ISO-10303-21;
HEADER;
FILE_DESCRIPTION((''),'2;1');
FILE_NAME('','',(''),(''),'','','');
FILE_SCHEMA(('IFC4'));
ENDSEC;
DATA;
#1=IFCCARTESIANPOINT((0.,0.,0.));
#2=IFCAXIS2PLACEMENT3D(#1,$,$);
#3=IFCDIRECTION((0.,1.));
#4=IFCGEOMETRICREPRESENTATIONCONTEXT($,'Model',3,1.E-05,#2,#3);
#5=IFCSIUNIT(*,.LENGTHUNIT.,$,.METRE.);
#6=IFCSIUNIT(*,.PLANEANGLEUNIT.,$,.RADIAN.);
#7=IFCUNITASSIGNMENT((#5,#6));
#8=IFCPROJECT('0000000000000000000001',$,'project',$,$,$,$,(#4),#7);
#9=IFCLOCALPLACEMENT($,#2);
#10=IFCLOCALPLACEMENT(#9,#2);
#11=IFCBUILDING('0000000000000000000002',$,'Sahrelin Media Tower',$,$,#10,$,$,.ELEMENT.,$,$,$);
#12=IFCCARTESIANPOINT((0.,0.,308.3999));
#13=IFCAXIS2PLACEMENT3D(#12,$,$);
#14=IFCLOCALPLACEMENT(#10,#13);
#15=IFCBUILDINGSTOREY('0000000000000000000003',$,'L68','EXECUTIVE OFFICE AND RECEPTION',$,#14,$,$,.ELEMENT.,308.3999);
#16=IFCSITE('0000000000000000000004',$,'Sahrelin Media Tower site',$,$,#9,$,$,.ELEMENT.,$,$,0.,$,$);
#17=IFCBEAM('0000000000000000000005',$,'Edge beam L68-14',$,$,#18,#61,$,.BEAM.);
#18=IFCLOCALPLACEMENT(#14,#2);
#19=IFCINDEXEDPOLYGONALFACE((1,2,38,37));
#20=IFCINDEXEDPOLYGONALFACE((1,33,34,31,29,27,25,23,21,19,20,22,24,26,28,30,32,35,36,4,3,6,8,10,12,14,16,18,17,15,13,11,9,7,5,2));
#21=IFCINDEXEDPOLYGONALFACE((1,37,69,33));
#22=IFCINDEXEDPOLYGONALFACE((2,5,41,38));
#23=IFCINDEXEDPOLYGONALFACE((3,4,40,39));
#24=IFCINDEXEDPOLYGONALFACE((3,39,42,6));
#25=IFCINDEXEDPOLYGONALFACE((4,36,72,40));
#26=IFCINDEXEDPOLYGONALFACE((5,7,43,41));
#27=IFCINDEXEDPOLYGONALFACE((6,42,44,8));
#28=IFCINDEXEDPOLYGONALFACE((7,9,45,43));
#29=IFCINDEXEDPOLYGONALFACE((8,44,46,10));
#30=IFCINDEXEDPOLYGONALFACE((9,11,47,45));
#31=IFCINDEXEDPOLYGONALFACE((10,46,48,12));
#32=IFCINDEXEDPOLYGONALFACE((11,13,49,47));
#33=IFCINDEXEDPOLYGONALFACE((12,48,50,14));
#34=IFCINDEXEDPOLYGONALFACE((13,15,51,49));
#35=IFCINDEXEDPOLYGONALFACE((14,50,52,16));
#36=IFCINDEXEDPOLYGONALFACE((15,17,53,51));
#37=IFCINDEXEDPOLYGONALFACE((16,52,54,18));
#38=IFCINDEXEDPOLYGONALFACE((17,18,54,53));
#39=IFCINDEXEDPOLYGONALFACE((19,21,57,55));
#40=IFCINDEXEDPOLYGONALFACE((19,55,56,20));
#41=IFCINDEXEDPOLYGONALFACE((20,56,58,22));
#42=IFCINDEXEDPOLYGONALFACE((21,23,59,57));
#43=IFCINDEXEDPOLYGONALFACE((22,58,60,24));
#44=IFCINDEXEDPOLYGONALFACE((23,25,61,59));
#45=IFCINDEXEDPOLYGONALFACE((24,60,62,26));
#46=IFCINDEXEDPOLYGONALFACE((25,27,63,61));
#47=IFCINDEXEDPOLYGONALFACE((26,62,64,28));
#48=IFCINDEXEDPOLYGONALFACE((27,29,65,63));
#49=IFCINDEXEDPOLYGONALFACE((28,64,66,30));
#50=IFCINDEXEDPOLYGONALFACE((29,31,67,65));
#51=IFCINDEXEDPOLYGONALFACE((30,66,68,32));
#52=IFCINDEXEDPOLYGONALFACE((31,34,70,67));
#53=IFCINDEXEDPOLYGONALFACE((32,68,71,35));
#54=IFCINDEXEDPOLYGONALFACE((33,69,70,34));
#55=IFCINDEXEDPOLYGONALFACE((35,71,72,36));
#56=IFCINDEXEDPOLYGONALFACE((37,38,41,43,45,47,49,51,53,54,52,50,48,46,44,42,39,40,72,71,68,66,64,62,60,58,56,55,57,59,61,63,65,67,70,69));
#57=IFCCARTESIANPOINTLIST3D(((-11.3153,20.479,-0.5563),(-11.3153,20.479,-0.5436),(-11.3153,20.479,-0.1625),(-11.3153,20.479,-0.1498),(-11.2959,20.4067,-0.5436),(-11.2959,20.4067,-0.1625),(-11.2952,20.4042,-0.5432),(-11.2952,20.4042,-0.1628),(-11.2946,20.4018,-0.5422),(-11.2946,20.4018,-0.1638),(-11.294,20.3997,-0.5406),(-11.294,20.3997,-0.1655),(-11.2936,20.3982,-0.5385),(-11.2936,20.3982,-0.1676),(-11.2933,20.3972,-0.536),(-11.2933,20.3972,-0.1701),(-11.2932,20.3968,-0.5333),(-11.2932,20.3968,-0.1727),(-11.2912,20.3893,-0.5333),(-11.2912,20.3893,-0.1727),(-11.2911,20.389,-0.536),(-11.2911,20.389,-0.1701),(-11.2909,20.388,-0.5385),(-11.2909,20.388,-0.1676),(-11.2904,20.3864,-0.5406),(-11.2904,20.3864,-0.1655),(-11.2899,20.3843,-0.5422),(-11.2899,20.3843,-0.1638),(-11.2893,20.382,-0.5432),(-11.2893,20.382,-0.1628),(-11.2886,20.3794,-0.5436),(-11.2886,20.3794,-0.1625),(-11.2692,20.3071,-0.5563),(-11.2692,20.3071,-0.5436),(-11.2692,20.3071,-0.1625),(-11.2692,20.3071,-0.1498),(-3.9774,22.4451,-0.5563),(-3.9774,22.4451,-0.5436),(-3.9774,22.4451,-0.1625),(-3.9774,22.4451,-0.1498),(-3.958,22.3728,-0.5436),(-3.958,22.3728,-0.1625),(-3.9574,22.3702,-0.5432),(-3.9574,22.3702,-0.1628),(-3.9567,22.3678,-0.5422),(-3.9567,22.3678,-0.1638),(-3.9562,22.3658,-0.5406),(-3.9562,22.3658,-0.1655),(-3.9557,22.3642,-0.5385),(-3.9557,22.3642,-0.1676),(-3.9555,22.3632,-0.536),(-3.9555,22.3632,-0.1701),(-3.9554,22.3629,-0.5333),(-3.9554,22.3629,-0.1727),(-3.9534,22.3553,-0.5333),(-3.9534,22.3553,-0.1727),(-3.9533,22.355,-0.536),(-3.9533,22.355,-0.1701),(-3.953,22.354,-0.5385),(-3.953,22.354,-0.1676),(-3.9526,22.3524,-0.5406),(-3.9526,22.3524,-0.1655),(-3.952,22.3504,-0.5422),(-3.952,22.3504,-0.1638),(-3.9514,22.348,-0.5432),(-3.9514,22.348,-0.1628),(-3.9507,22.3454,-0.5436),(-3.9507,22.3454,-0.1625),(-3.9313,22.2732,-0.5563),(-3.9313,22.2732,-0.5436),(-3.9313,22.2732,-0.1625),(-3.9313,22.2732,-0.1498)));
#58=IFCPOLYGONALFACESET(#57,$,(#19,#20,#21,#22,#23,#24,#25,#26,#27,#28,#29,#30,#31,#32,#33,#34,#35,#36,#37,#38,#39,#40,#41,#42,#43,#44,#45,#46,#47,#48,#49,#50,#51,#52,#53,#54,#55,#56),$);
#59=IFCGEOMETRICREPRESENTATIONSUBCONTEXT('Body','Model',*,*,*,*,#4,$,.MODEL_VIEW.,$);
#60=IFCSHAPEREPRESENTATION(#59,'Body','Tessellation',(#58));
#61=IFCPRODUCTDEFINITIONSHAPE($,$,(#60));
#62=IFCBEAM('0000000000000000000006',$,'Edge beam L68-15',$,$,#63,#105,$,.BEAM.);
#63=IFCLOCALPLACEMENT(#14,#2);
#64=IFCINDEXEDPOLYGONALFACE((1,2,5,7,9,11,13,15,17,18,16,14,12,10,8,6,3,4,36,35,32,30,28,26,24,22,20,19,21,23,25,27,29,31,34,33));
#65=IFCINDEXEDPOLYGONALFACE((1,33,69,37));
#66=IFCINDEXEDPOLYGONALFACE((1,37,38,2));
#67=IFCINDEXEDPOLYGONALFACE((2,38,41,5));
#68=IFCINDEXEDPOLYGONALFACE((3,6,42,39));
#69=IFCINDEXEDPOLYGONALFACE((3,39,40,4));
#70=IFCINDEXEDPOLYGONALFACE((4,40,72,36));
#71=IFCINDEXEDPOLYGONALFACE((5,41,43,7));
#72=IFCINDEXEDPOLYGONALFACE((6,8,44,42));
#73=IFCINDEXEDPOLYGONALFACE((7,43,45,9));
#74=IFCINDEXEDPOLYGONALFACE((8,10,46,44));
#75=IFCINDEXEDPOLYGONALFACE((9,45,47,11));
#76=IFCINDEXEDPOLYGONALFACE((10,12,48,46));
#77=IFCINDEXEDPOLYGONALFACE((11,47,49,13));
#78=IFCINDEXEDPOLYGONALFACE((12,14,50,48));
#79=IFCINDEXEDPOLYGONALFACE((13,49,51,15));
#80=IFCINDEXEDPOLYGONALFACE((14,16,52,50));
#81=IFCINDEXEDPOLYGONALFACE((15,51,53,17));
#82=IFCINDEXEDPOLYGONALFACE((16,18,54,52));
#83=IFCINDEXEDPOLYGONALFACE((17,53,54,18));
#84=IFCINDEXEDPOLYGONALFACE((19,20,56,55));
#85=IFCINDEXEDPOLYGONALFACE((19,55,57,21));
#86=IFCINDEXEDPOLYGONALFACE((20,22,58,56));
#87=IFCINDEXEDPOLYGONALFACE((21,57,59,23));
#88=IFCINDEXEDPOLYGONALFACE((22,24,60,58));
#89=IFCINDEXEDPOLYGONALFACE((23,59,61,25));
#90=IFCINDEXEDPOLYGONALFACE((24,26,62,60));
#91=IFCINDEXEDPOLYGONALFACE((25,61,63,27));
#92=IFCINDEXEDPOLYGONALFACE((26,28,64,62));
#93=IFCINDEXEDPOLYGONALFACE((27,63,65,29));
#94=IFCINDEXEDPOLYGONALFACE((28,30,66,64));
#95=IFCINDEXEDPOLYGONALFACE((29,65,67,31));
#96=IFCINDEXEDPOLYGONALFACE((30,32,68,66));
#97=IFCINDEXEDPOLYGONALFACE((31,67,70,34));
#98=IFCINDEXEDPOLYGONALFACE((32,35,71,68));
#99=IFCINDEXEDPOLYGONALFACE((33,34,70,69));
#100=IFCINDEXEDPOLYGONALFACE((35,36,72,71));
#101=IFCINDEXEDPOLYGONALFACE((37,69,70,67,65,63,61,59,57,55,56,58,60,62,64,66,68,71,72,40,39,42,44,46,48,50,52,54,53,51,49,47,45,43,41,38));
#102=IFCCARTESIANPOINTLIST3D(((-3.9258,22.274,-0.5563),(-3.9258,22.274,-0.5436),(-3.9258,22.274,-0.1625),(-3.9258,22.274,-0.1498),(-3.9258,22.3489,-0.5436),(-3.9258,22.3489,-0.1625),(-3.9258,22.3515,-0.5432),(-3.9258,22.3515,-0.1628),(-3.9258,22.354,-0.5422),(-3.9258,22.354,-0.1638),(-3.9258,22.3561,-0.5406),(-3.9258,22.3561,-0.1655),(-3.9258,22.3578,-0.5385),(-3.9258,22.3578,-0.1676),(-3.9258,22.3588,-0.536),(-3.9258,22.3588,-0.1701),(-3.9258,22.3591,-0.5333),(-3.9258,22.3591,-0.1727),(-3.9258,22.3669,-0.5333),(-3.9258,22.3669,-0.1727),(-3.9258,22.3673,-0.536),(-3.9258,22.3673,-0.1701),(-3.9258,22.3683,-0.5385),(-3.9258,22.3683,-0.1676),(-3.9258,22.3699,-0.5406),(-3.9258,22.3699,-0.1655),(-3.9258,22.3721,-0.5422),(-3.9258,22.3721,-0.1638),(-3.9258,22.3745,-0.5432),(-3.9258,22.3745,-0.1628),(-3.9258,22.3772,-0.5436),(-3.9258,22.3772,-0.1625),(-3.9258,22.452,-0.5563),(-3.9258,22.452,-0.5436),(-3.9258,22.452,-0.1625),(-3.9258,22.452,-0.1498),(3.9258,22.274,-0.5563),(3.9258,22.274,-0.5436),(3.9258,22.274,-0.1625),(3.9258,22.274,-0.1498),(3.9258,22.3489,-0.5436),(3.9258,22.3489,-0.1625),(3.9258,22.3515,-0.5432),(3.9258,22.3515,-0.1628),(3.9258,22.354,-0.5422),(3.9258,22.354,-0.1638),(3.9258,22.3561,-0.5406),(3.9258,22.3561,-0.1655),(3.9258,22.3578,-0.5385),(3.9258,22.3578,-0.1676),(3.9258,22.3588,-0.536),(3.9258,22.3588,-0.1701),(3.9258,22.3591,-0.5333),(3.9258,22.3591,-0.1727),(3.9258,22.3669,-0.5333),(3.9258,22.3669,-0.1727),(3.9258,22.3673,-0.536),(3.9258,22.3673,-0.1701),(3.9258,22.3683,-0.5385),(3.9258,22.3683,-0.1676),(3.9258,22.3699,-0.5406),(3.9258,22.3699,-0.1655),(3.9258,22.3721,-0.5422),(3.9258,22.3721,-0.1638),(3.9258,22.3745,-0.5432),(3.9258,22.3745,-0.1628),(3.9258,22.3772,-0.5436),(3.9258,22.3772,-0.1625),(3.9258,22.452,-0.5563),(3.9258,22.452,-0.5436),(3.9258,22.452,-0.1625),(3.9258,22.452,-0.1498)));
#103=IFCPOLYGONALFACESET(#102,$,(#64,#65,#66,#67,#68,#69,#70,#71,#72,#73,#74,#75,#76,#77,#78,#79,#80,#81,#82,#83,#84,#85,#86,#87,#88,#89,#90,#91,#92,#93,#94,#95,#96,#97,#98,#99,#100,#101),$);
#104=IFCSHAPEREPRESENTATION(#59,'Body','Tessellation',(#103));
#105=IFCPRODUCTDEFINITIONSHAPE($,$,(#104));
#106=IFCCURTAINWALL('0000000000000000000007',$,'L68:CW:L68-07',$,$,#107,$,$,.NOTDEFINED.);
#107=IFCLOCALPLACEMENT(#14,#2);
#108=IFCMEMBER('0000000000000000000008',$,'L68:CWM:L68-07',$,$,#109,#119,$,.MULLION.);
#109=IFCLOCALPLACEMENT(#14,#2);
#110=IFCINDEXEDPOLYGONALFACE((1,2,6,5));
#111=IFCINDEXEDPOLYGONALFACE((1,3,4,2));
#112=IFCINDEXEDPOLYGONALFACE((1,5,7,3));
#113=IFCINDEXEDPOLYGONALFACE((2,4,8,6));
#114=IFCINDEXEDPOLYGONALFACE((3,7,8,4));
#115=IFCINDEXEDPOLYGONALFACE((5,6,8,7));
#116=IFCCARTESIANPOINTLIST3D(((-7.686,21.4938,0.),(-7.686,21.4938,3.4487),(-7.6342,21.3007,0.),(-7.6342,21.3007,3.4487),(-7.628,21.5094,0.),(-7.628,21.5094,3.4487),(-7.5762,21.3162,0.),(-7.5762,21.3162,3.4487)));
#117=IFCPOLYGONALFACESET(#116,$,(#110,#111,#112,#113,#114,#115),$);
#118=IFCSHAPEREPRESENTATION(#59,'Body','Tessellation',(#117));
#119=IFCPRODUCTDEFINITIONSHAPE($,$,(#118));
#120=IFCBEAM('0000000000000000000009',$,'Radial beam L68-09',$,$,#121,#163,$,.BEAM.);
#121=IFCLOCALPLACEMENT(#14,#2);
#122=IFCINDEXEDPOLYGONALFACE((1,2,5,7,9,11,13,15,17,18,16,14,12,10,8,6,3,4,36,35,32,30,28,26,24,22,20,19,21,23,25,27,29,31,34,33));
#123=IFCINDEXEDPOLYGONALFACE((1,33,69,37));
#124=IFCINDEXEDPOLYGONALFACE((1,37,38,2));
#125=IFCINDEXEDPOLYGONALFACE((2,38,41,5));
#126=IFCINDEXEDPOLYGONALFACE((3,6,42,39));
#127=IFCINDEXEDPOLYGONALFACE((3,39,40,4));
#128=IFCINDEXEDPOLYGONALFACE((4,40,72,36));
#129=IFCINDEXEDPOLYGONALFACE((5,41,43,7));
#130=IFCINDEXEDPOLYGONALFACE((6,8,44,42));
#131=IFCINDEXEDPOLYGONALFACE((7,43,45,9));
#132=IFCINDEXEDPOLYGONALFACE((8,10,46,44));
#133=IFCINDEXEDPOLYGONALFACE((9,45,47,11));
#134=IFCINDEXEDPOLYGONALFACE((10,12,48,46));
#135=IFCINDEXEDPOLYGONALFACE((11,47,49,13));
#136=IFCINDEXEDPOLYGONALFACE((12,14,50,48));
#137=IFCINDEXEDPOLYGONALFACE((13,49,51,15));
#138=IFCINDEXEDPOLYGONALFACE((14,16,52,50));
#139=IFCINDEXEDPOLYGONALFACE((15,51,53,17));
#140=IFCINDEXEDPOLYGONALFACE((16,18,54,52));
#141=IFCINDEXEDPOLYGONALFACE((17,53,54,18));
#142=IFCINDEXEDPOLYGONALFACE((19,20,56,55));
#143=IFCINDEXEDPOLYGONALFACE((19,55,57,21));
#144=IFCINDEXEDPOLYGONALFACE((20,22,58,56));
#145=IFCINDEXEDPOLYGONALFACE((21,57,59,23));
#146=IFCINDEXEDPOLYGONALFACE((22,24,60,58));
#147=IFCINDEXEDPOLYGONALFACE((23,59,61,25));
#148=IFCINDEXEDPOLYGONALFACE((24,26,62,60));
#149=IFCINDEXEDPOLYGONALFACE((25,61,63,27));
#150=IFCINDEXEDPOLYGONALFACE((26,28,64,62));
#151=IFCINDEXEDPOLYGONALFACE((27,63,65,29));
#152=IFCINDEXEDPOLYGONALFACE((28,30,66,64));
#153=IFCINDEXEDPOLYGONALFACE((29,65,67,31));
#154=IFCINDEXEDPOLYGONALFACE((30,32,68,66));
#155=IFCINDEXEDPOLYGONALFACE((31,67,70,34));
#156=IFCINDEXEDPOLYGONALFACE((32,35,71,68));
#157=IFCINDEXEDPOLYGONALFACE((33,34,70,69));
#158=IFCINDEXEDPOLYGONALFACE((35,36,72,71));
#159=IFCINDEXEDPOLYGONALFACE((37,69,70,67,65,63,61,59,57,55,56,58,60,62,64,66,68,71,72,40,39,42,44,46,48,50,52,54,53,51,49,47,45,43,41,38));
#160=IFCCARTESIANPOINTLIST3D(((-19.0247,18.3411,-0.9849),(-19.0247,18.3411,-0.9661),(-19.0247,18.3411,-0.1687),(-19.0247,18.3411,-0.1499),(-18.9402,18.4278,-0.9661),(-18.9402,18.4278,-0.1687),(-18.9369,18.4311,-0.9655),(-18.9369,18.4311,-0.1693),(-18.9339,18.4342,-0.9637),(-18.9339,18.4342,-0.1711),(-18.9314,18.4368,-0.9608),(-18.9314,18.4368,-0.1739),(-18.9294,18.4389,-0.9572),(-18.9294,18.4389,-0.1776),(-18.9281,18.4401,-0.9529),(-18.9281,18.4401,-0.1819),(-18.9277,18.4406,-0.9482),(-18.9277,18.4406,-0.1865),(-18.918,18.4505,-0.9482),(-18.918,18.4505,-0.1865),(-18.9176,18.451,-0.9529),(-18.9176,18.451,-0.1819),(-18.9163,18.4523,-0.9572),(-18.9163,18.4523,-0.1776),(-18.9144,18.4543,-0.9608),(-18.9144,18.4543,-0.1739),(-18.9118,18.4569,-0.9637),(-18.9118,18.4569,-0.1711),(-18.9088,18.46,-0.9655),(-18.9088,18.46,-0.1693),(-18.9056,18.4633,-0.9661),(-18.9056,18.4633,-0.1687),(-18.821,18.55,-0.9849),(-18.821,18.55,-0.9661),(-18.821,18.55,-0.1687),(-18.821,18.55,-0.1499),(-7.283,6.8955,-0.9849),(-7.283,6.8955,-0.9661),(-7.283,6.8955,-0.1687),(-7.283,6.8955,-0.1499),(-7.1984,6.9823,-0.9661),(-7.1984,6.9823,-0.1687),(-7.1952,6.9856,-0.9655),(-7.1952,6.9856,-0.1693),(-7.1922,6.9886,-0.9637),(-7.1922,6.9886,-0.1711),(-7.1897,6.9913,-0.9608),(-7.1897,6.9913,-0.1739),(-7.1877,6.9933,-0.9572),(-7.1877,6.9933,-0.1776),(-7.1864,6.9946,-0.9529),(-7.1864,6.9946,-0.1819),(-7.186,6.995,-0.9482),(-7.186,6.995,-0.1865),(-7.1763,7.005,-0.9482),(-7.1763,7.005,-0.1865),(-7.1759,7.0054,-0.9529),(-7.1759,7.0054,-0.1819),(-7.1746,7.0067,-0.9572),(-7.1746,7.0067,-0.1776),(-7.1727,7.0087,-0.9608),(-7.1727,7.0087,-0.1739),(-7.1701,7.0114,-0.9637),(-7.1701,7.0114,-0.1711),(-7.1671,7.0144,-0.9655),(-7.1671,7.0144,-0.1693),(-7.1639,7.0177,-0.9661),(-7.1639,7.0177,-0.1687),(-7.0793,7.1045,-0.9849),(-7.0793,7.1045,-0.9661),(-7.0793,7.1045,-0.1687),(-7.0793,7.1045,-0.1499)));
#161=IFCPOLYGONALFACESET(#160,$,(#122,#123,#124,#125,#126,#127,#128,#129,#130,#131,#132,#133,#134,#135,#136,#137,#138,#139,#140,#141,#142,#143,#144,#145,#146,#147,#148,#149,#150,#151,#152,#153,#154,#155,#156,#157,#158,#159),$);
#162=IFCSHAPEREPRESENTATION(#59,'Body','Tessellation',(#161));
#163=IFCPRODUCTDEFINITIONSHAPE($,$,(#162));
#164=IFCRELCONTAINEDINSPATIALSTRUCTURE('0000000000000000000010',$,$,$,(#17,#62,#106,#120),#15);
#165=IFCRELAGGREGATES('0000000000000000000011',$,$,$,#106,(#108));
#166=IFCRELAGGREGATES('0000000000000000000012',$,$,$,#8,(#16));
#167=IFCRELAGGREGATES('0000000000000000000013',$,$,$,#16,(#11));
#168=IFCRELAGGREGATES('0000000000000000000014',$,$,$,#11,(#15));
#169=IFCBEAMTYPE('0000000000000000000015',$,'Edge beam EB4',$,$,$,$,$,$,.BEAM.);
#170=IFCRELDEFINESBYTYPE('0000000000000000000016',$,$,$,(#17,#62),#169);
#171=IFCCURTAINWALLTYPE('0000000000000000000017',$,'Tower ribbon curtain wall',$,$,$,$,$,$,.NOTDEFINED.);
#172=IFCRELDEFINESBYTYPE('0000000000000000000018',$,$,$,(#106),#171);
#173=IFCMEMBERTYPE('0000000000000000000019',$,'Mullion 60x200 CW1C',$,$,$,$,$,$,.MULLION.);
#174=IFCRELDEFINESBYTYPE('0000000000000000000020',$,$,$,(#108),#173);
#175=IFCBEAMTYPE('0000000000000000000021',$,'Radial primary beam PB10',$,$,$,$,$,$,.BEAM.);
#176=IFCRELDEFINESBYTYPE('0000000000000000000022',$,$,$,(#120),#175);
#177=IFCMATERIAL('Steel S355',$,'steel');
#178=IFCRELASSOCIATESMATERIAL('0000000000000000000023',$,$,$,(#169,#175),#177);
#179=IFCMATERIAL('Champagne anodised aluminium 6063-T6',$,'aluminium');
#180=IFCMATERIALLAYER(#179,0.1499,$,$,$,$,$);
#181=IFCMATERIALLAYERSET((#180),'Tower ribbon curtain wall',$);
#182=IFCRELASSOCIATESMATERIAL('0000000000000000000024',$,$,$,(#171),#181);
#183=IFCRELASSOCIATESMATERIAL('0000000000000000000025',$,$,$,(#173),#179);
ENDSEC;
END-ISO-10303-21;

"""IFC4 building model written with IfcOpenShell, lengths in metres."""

from ifc_helpers import new_model, si_unit, direction, frame, origin, origin_2d, place, context, subcontext, project, spatial, rectangle, i_section, extrude, material, layer, layer_set, material_profile, profile_set, type_object, element, aggregate, save


model = new_model("IFC4")

# Units and contexts
model_context = context("Model", 3, precision=1e-05, world=origin(), true_north=direction((0.0, 1.0)))
body_context = subcontext(model_context, "Body", "Model", "MODEL_VIEW")
ifc_project = project(units=[si_unit("LENGTHUNIT", "METRE"), si_unit("PLANEANGLEUNIT", "RADIAN")], contexts=[model_context])

# Site, building, storey
site_placement = place(None, origin())
site = spatial("IfcSite", under=ifc_project, at=site_placement, Name="Sahrelin Media Tower site", CompositionType="ELEMENT", RefElevation=0.0)
building_placement = place(site_placement, origin())
building = spatial("IfcBuilding", under=site, at=building_placement, Name="Sahrelin Media Tower", CompositionType="ELEMENT")
storey_placement = place(building_placement, frame((0.0, 0.0, 308.3999)))
storey = spatial("IfcBuildingStorey", under=building, at=storey_placement, Name="L68", Description="EXECUTIVE OFFICE AND RECEPTION", CompositionType="ELEMENT", Elevation=308.3999)

# Beams
ifc_material_1 = material(Name="Steel S355", Category="steel")
ifc_material_profile_1 = material_profile(ifc_material_1, i_section(OverallWidth=0.178, OverallDepth=0.4065, WebThickness=0.0078, FlangeThickness=0.0127, FilletRadius=0.0103, at=origin_2d()), Name="UB 406x178x60")
ifc_profile_set_1 = profile_set([ifc_material_profile_1], Name="Steel S355")
beam_type_1 = type_object("IfcBeamType", Name="Edge beam EB4", PredefinedType="BEAM", material=ifc_profile_set_1)
beam_1_placement = place(storey_placement, frame((-11.2922, 20.3931, -0.353), z_axis=(0.96593, 0.258805, 0.0), x_axis=(-0.258805, 0.96593, 0.0)))
element("IfcBeam", 1, at=beam_1_placement, inside=storey, type_object=beam_type_1, Name="Edge beam L68-14", PredefinedType="BEAM", context=body_context, shape_type="SweptSolid", body=[
    extrude(i_section(OverallWidth=0.178, OverallDepth=0.4065, WebThickness=0.0078, FlangeThickness=0.0127, FilletRadius=0.0103, at=origin_2d()), origin(), (0.0, 0.0, 1.0), 7.5967),
])
beam_2_placement = place(storey_placement, frame((-3.9258, 22.363, -0.353), z_axis=(1.0, 0.0, 0.0), x_axis=(0.0, 1.0, 0.0)))
element("IfcBeam", 2, at=beam_2_placement, inside=storey, type_object=beam_type_1, Name="Edge beam L68-15", PredefinedType="BEAM", context=body_context, shape_type="SweptSolid", body=[
    extrude(i_section(OverallWidth=0.178, OverallDepth=0.4065, WebThickness=0.0078, FlangeThickness=0.0127, FilletRadius=0.0103, at=origin_2d()), origin(), (0.0, 0.0, 1.0), 7.8516),
])

# Curtain wall, member
ifc_material_2 = material(Name="Champagne anodised aluminium 6063-T6", Category="aluminium")
ifc_layer_1 = layer(ifc_material_2, 0.1499)
ifc_layer_set_1 = layer_set([ifc_layer_1], Name="Tower ribbon curtain wall")
curtain_wall_type = type_object("IfcCurtainWallType", Name="Tower ribbon curtain wall", PredefinedType="NOTDEFINED", material=ifc_layer_set_1)
curtain_wall_1_placement = place(storey_placement, frame((-7.6621, 21.521, 0.0), z_axis=(0.0, 0.0, 1.0), x_axis=(1.0, 0.0, 0.0)))
curtain_wall_1 = element("IfcCurtainWall", 3, at=curtain_wall_1_placement, inside=storey, type_object=curtain_wall_type, Name="L68:CW:L68-07", PredefinedType="NOTDEFINED")
ifc_material_profile_2 = material_profile(ifc_material_2, rectangle(XDim=0.0601, YDim=0.2, at=origin_2d()), Name="Mullion 60x200")
ifc_profile_set_2 = profile_set([ifc_material_profile_2], Name="Champagne anodised aluminium 6063-T6")
member_type_1 = type_object("IfcMemberType", Name="Mullion 60x200 CW1C", PredefinedType="MULLION", material=ifc_profile_set_2)
member_1_placement = place(storey_placement, frame((-7.6311, 21.405, 0.0), z_axis=(0.0, 0.0, 1.0), x_axis=(-0.965923, -0.258829, 0.0)))
member_1 = element("IfcMember", 4, at=member_1_placement, type_object=member_type_1, Name="L68:CWM:L68-07", PredefinedType="MULLION", context=body_context, shape_type="SweptSolid", body=[
    extrude(rectangle(XDim=0.0601, YDim=0.2, at=origin_2d()), origin(), (0.0, 0.0, 1.0), 3.4487),
])

# Beam
ifc_material_profile_3 = material_profile(ifc_material_1, i_section(OverallWidth=0.2917, OverallDepth=0.835, WebThickness=0.0139, FlangeThickness=0.0188, FilletRadius=0.0178, at=origin_2d()), Name="UB 838x292x176")
ifc_profile_set_3 = profile_set([ifc_material_profile_3], Name="Steel S355")
beam_type_2 = type_object("IfcBeamType", Name="Radial primary beam PB10", PredefinedType="BEAM", material=ifc_profile_set_3)
beam_3_placement = place(storey_placement, frame((-7.1812, 7.0, -0.5674), z_axis=(-0.716079, 0.698019, 0.0), x_axis=(-0.698019, -0.716079, 0.0)))
element("IfcBeam", 5, at=beam_3_placement, inside=storey, type_object=beam_type_2, Name="Radial beam L68-09", PredefinedType="BEAM", context=body_context, shape_type="SweptSolid", body=[
    extrude(i_section(OverallWidth=0.2917, OverallDepth=0.835, WebThickness=0.0139, FlangeThickness=0.0188, FilletRadius=0.0178, at=origin_2d()), origin(), (0.0, 0.0, 1.0), 16.3972),
])

aggregate(curtain_wall_1, [member_1])

save(model, "model.ifc")
